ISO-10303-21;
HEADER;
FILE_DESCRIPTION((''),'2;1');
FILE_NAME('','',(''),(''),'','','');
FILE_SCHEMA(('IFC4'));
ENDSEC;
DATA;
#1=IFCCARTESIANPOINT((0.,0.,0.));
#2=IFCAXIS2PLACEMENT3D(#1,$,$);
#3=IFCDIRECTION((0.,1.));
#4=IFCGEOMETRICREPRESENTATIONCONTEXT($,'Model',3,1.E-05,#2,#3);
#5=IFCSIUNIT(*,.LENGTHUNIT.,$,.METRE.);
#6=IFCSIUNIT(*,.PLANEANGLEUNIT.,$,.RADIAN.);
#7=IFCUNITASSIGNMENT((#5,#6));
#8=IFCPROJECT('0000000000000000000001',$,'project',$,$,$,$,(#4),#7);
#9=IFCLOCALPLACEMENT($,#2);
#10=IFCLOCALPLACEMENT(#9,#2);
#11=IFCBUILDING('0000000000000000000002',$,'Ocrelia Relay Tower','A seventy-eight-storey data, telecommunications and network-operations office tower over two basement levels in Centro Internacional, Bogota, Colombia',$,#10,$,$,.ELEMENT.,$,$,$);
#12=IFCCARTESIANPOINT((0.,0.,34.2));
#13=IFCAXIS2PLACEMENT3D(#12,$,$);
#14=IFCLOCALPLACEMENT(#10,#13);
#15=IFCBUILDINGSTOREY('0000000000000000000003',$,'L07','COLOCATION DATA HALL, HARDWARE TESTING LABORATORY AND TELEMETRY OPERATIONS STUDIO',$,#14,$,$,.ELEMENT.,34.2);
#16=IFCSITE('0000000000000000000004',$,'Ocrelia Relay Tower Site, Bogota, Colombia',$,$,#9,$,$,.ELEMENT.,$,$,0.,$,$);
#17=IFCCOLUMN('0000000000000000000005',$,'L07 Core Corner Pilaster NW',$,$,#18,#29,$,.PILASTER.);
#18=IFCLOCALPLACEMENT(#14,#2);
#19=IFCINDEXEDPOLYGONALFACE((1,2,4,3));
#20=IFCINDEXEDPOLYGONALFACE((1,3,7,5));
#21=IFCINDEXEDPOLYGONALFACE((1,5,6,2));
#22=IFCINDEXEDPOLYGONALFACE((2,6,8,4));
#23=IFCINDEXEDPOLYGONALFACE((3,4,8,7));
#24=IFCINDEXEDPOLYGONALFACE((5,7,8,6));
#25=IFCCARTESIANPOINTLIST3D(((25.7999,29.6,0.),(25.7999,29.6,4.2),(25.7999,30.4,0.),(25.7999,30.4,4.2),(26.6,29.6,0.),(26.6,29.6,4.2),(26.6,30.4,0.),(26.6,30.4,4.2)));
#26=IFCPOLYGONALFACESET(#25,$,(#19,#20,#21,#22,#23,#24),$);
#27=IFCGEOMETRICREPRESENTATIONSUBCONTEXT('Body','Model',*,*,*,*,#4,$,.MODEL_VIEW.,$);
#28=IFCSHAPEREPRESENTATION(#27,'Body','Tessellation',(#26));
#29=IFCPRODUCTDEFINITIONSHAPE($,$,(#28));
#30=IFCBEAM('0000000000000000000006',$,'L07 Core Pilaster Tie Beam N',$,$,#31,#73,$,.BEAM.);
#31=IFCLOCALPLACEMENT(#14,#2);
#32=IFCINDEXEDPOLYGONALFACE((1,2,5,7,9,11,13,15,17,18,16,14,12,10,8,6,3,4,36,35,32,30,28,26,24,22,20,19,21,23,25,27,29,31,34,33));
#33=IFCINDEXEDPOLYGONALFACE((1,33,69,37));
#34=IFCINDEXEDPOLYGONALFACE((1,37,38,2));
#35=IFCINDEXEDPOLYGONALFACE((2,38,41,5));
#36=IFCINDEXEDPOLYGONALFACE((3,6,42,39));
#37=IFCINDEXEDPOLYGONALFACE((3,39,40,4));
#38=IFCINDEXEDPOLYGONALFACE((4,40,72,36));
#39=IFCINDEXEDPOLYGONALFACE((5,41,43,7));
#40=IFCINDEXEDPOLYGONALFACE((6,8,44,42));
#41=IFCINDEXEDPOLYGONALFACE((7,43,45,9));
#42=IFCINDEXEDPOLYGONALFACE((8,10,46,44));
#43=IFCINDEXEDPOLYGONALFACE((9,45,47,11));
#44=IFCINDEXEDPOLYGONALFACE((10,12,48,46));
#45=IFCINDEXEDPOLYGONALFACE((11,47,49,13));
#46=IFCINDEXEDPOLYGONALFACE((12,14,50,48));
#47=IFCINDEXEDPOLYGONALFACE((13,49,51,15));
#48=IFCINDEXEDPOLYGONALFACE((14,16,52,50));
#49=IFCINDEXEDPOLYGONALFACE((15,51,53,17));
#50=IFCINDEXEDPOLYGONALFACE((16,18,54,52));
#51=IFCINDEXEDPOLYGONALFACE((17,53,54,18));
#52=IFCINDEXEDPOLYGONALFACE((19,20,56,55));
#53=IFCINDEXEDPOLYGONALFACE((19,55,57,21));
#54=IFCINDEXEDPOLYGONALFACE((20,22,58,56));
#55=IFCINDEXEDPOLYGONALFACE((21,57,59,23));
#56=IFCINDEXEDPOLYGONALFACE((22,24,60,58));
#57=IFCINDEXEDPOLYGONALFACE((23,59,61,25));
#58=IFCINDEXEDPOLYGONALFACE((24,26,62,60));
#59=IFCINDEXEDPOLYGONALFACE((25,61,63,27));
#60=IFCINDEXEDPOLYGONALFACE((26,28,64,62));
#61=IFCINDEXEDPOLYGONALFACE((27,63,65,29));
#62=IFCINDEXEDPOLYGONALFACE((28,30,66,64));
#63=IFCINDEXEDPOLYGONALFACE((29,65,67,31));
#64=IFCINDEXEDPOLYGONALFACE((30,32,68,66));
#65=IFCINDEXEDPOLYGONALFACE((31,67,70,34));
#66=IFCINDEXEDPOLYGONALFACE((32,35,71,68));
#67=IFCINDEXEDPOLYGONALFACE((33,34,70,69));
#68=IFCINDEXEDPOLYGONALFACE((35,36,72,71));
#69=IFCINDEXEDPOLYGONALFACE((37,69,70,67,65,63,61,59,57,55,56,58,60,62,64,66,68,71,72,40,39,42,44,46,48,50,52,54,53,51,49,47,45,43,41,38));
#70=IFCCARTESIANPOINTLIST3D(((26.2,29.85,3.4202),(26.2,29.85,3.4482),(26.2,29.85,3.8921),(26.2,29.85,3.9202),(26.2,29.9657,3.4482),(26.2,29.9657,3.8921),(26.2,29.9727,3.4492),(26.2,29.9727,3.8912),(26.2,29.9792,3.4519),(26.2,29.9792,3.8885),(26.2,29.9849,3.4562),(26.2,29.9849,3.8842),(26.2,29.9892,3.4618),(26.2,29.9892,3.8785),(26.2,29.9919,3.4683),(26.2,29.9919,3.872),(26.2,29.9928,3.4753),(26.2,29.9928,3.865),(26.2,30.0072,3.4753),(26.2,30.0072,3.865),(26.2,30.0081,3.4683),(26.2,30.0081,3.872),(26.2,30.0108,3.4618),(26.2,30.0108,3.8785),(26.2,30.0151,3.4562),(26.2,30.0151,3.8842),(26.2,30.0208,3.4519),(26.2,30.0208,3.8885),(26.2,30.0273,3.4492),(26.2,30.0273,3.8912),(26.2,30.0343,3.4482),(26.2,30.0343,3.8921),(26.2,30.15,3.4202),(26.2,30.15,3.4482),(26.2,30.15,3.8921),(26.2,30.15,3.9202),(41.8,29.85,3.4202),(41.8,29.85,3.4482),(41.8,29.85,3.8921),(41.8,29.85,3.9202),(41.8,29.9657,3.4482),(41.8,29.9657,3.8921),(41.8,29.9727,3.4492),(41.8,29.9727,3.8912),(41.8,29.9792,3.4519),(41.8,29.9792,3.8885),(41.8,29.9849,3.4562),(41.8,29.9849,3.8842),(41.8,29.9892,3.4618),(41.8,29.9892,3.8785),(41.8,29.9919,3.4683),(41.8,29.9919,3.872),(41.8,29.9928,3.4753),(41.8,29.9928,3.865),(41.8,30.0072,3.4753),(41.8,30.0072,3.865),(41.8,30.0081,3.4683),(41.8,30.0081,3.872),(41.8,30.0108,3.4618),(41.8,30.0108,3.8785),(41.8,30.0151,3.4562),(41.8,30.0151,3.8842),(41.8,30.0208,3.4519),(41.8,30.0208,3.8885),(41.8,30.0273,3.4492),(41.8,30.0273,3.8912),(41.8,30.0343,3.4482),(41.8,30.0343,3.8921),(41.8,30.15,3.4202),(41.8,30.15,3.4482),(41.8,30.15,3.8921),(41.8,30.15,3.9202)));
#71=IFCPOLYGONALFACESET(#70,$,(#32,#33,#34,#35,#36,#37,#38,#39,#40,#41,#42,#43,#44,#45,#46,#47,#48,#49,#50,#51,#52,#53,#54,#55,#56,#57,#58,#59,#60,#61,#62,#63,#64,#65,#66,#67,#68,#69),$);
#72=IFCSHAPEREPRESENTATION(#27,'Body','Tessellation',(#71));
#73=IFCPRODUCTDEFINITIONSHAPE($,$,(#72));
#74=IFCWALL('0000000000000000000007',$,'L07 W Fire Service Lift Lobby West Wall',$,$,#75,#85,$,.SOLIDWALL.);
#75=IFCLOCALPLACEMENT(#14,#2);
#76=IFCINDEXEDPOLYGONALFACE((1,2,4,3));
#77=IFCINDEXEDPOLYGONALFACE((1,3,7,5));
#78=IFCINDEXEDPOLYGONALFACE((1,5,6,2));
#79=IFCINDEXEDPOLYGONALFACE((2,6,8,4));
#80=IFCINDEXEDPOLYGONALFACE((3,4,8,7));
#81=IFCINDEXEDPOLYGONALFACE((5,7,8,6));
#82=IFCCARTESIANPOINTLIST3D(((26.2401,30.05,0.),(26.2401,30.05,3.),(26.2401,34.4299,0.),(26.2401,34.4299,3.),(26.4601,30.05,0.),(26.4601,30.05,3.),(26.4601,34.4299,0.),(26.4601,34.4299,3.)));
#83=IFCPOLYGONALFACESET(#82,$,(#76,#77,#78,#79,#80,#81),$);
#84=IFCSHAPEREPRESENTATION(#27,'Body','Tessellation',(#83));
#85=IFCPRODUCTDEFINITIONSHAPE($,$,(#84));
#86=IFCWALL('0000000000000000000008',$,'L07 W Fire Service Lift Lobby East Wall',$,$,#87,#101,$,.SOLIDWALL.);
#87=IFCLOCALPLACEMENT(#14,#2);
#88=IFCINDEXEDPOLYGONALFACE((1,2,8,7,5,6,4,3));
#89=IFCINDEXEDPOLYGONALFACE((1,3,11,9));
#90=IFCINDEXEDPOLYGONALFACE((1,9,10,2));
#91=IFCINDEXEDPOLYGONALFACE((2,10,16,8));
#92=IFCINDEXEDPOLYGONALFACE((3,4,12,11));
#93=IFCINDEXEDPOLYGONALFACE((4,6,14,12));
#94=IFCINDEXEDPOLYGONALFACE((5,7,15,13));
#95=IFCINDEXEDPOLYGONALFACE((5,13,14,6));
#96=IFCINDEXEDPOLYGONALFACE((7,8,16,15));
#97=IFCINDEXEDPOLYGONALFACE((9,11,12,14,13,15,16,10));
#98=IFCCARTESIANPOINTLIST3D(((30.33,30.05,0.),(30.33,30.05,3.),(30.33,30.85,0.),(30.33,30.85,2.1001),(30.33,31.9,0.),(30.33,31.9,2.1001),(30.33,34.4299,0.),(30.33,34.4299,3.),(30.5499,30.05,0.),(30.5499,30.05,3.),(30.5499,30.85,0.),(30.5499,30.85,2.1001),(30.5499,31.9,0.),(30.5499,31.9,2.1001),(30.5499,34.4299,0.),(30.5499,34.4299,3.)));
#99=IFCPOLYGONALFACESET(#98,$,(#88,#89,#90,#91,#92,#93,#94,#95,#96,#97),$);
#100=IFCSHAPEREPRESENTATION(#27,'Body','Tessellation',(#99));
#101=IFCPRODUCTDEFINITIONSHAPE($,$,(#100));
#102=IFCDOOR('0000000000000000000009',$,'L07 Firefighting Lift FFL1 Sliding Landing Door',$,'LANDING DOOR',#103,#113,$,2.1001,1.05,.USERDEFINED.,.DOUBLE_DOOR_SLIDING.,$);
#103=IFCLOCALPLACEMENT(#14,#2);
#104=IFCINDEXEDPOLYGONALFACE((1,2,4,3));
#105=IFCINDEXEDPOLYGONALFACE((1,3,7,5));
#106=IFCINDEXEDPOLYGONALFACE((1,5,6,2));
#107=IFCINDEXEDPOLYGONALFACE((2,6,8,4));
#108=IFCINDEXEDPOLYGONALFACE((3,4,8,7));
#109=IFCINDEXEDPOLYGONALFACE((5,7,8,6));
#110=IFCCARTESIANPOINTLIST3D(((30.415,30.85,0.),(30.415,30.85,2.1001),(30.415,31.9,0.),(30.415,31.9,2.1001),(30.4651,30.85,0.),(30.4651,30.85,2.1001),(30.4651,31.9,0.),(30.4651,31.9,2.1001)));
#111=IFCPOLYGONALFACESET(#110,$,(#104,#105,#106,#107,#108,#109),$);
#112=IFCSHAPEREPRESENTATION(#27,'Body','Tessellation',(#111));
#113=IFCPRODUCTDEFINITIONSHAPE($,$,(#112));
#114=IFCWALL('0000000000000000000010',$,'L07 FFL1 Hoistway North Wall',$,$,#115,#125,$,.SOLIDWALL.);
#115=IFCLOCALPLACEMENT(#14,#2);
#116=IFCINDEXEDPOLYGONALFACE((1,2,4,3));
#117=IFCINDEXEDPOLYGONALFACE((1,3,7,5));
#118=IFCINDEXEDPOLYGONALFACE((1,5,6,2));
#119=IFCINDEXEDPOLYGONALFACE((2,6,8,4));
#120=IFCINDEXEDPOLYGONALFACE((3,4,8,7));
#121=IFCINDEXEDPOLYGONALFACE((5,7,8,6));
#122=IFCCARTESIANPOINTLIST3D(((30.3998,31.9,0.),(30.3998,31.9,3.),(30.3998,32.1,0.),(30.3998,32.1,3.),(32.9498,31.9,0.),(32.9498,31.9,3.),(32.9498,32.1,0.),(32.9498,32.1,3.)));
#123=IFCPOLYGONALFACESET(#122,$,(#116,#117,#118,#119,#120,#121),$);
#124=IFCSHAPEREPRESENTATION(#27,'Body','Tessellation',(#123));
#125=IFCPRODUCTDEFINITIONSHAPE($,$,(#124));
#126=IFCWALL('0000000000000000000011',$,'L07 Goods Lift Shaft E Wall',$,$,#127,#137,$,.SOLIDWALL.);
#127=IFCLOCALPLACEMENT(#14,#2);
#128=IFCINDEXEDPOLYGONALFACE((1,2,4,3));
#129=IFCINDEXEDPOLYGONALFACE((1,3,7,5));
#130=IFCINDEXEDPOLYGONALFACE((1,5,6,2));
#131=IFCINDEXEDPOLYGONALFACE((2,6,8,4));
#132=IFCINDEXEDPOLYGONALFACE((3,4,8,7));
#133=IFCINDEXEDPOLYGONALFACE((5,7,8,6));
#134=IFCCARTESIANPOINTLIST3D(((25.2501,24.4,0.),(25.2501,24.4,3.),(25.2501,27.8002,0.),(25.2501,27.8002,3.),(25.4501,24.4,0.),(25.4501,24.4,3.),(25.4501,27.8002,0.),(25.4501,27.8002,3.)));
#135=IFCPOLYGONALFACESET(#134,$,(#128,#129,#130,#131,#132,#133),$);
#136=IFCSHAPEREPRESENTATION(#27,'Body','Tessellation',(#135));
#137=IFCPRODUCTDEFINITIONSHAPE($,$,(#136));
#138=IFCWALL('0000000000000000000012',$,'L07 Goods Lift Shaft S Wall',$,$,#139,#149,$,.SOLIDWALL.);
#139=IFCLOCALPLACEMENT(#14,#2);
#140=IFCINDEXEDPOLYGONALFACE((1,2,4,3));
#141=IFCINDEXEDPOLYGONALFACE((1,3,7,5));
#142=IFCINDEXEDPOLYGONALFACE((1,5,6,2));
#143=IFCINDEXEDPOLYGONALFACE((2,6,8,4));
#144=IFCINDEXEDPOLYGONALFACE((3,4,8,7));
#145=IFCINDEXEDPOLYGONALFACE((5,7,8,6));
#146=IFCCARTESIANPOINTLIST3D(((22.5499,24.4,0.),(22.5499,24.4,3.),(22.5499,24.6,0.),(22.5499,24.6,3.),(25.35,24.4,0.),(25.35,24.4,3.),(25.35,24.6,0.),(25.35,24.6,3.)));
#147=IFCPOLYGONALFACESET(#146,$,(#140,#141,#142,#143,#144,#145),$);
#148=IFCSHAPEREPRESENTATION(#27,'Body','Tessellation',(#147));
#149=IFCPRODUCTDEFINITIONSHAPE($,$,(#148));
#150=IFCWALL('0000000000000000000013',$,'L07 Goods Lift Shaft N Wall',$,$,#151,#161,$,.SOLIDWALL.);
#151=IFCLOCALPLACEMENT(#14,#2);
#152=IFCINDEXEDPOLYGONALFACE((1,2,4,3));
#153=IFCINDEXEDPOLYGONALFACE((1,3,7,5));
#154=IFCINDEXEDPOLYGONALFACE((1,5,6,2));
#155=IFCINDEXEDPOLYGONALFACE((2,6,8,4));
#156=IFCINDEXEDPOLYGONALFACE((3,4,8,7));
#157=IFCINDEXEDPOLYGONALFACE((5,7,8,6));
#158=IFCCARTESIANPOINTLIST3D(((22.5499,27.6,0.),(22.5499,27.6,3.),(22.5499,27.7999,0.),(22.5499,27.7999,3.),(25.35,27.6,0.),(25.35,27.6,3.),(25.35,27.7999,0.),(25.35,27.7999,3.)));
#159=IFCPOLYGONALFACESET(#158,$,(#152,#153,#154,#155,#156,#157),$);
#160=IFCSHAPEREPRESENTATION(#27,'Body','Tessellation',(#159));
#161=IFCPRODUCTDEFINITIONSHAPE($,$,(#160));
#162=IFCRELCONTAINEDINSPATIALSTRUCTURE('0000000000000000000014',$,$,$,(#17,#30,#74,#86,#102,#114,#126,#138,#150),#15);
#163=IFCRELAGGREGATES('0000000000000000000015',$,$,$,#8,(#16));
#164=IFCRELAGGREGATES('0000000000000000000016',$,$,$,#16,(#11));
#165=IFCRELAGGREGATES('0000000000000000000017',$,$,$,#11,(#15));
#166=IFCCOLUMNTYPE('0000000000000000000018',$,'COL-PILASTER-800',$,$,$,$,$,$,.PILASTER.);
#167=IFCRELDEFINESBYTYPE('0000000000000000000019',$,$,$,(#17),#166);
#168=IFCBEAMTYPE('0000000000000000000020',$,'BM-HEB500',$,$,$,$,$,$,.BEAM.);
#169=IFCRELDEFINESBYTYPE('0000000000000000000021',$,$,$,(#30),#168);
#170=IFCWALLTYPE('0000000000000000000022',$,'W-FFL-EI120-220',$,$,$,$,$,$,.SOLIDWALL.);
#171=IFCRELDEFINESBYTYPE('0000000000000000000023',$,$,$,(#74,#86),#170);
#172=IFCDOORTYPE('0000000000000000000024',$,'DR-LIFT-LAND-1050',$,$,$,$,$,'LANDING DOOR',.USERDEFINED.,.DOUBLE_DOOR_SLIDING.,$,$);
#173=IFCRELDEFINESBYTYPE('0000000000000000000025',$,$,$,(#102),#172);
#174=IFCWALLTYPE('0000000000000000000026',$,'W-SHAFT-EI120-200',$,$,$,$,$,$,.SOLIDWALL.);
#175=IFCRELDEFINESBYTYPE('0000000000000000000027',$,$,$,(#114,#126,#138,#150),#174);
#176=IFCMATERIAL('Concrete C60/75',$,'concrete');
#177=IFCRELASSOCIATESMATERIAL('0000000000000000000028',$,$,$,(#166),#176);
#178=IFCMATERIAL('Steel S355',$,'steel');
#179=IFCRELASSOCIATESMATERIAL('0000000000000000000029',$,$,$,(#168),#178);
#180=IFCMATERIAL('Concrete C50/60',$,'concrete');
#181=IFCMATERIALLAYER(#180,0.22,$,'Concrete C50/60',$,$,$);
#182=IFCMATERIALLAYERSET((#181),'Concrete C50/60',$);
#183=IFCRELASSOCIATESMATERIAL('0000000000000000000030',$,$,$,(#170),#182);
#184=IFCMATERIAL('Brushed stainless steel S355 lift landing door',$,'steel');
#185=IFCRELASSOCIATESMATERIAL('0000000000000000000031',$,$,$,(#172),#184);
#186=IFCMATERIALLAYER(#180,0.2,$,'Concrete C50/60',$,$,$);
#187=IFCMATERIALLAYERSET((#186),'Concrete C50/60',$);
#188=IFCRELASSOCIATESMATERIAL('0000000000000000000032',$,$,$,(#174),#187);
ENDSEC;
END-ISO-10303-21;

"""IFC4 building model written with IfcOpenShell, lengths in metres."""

from ifc_helpers import new_model, si_unit, direction, frame, frame_2d, origin, origin_2d, place, context, subcontext, project, spatial, rectangle, i_section, extrude, material, layer, layer_set, material_profile, profile_set, type_object, element, fill, save


model = new_model("IFC4")

# Units and contexts
model_context = context("Model", 3, precision=1e-05, world=origin(), true_north=direction((0.0, 1.0)))
body_context = subcontext(model_context, "Body", "Model", "MODEL_VIEW")
ifc_project = project(units=[si_unit("LENGTHUNIT", "METRE"), si_unit("PLANEANGLEUNIT", "RADIAN")], contexts=[model_context])

# Site, building, storey
site_placement = place(None, origin())
site = spatial("IfcSite", under=ifc_project, at=site_placement, Name="Ocrelia Relay Tower Site, Bogota, Colombia", CompositionType="ELEMENT", RefElevation=0.0)
building_placement = place(site_placement, origin())
building = spatial("IfcBuilding", under=site, at=building_placement, Name="Ocrelia Relay Tower", Description="A seventy-eight-storey data, telecommunications and network-operations office tower over two basement levels in Centro Internacional, Bogota, Colombia", CompositionType="ELEMENT")
storey_placement = place(building_placement, frame((0.0, 0.0, 34.2)))
storey = spatial("IfcBuildingStorey", under=building, at=storey_placement, Name="L07", Description="COLOCATION DATA HALL, HARDWARE TESTING LABORATORY AND TELEMETRY OPERATIONS STUDIO", CompositionType="ELEMENT", Elevation=34.2)

# Column
ifc_material_1 = material(Name="Concrete C60/75", Category="concrete")
ifc_material_profile_1 = material_profile(ifc_material_1, rectangle(XDim=0.8, YDim=0.8, at=origin_2d()), Name="RC-COL-800x800")
ifc_profile_set_1 = profile_set([ifc_material_profile_1], Name="Concrete C60/75")
column_type = type_object("IfcColumnType", Name="COL-PILASTER-800", PredefinedType="PILASTER", material=ifc_profile_set_1)
column_placement = place(storey_placement, frame((26.2, 30.0, 0.0), z_axis=(0.0, 0.0, 1.0), x_axis=(1.0, 0.0, 0.0)))
element("IfcColumn", 1, at=column_placement, inside=storey, type_object=column_type, Name="L07 Core Corner Pilaster NW", PredefinedType="PILASTER", context=body_context, shape_type="SweptSolid", body=[
    extrude(rectangle(XDim=0.8, YDim=0.8, at=origin_2d()), origin(), (0.0, 0.0, 1.0), 4.2),
])

# Beam
ifc_material_2 = material(Name="Steel S355", Category="steel")
ifc_material_profile_2 = material_profile(ifc_material_2, i_section(OverallWidth=0.3, OverallDepth=0.5, WebThickness=0.0144, FlangeThickness=0.0281, FilletRadius=0.0271, at=origin_2d()), Name="HEB 500")
ifc_profile_set_2 = profile_set([ifc_material_profile_2], Name="Steel S355")
beam_type = type_object("IfcBeamType", Name="BM-HEB500", PredefinedType="BEAM", material=ifc_profile_set_2)
beam_placement = place(storey_placement, frame((26.2, 30.0, 3.6702), z_axis=(1.0, 0.0, 0.0), x_axis=(0.0, 1.0, 0.0)))
element("IfcBeam", 2, at=beam_placement, inside=storey, type_object=beam_type, Name="L07 Core Pilaster Tie Beam N", PredefinedType="BEAM", context=body_context, shape_type="SweptSolid", body=[
    extrude(i_section(OverallWidth=0.3, OverallDepth=0.5, WebThickness=0.0144, FlangeThickness=0.0281, FilletRadius=0.0271, at=origin_2d()), origin(), (0.0, 0.0, 1.0), 15.6001),
])

# Wall
ifc_material_3 = material(Name="Concrete C50/60", Category="concrete")
ifc_layer_1 = layer(ifc_material_3, 0.22, Name="Concrete C50/60")
ifc_layer_set_1 = layer_set([ifc_layer_1], Name="Concrete C50/60")
wall_type_1 = type_object("IfcWallType", Name="W-FFL-EI120-220", PredefinedType="SOLIDWALL", material=ifc_layer_set_1)
wall_1_placement = place(storey_placement, frame((26.3501, 30.05, 0.0), z_axis=(0.0, 0.0, 1.0), x_axis=(0.0, 1.0, 0.0)))
element("IfcWall", 3, at=wall_1_placement, inside=storey, type_object=wall_type_1, Name="L07 W Fire Service Lift Lobby West Wall", PredefinedType="SOLIDWALL", context=body_context, shape_type="SweptSolid", body=[
    extrude(rectangle(XDim=4.3799, YDim=0.22, at=frame_2d((2.1899, 0.0))), origin(), (0.0, 0.0, 1.0), 3.0),
])

# Wall, opening, door
wall_2_placement = place(storey_placement, frame((30.4399, 30.05, 0.0), z_axis=(0.0, 0.0, 1.0), x_axis=(0.0, 1.0, 0.0)))
wall_2 = element("IfcWall", 4, at=wall_2_placement, inside=storey, type_object=wall_type_1, Name="L07 W Fire Service Lift Lobby East Wall", PredefinedType="SOLIDWALL", context=body_context, shape_type="SweptSolid", body=[
    extrude(rectangle(XDim=4.3799, YDim=0.22, at=frame_2d((2.1899, 0.0))), origin(), (0.0, 0.0, 1.0), 3.0),
])
opening_1_placement = place(wall_2_placement, frame((0.8, 0.0, 0.0)))
opening_1 = element("IfcOpeningElement", 5, at=opening_1_placement, cuts=wall_2, PredefinedType="OPENING", context=body_context, shape_type="SweptSolid", body=[
    extrude(rectangle(XDim=1.05, YDim=2.1001, at=frame_2d((0.5249, 1.05))), frame((0.0, 0.1201, 0.0), z_axis=(0.0, -1.0, 0.0), x_axis=(1.0, 0.0, 0.0)), (0.0, 0.0, 1.0), 0.24),
])
ifc_material_4 = material(Name="Brushed stainless steel S355 lift landing door", Category="steel")
door_type_1 = type_object("IfcDoorType", Name="DR-LIFT-LAND-1050", ElementType="LANDING DOOR", OperationType="DOUBLE_DOOR_SLIDING", PredefinedType="USERDEFINED", material=ifc_material_4)
door_1_placement = place(opening_1_placement, origin())
door_1 = element("IfcDoor", 6, at=door_1_placement, inside=storey, type_object=door_type_1, Name="L07 Firefighting Lift FFL1 Sliding Landing Door", ObjectType="LANDING DOOR", OperationType="DOUBLE_DOOR_SLIDING", OverallHeight=2.1001, OverallWidth=1.05, PredefinedType="USERDEFINED", context=body_context, shape_type="SweptSolid", body=[
    extrude(rectangle(XDim=1.05, YDim=2.1001, at=frame_2d((0.5249, 1.05))), frame((0.0, 0.0249, 0.0), z_axis=(0.0, -1.0, 0.0), x_axis=(1.0, 0.0, 0.0)), (0.0, 0.0, 1.0), 0.05),
])
fill(opening_1, door_1)

# Wall
ifc_layer_2 = layer(ifc_material_3, 0.2, Name="Concrete C50/60")
ifc_layer_set_2 = layer_set([ifc_layer_2], Name="Concrete C50/60")
wall_type_2 = type_object("IfcWallType", Name="W-SHAFT-EI120-200", PredefinedType="SOLIDWALL", material=ifc_layer_set_2)
wall_3_placement = place(storey_placement, frame((30.3999, 32.0, 0.0), z_axis=(0.0, 0.0, 1.0), x_axis=(1.0, 0.0, 0.0)))
element("IfcWall", 7, at=wall_3_placement, inside=storey, type_object=wall_type_2, Name="L07 FFL1 Hoistway North Wall", PredefinedType="SOLIDWALL", context=body_context, shape_type="SweptSolid", body=[
    extrude(rectangle(XDim=2.55, YDim=0.2, at=frame_2d((1.2749, 0.0))), origin(), (0.0, 0.0, 1.0), 3.0),
])

# Walls
wall_4_placement = place(storey_placement, frame((25.3501, 24.3999, 0.0), z_axis=(0.0, 0.0, 1.0), x_axis=(0.0, 1.0, 0.0)))
element("IfcWall", 8, at=wall_4_placement, inside=storey, type_object=wall_type_2, Name="L07 Goods Lift Shaft E Wall", PredefinedType="SOLIDWALL", context=body_context, shape_type="SweptSolid", body=[
    extrude(rectangle(XDim=3.4001, YDim=0.2, at=frame_2d((1.7002, 0.0))), origin(), (0.0, 0.0, 1.0), 3.0),
])
for number, where, z_axis, x_axis, name in (
    (9, (22.55, 24.5, 0.0), (0.0, 0.0, 1.0), (1.0, 0.0, 0.0), "L07 Goods Lift Shaft S Wall"),
    (10, (22.55, 27.7, 0.0), (0.0, 0.0, 1.0), (1.0, 0.0, 0.0), "L07 Goods Lift Shaft N Wall"),
):
    element("IfcWall", number, at=place(storey_placement, frame(where, z_axis=z_axis, x_axis=x_axis)), inside=storey, type_object=wall_type_2, Name=name, PredefinedType="SOLIDWALL", context=body_context, shape_type="SweptSolid", body=[
        extrude(rectangle(XDim=2.8, YDim=0.2, at=frame_2d((1.3999, 0.0))), origin(), (0.0, 0.0, 1.0), 3.0),
    ])

save(model, "model.ifc")
